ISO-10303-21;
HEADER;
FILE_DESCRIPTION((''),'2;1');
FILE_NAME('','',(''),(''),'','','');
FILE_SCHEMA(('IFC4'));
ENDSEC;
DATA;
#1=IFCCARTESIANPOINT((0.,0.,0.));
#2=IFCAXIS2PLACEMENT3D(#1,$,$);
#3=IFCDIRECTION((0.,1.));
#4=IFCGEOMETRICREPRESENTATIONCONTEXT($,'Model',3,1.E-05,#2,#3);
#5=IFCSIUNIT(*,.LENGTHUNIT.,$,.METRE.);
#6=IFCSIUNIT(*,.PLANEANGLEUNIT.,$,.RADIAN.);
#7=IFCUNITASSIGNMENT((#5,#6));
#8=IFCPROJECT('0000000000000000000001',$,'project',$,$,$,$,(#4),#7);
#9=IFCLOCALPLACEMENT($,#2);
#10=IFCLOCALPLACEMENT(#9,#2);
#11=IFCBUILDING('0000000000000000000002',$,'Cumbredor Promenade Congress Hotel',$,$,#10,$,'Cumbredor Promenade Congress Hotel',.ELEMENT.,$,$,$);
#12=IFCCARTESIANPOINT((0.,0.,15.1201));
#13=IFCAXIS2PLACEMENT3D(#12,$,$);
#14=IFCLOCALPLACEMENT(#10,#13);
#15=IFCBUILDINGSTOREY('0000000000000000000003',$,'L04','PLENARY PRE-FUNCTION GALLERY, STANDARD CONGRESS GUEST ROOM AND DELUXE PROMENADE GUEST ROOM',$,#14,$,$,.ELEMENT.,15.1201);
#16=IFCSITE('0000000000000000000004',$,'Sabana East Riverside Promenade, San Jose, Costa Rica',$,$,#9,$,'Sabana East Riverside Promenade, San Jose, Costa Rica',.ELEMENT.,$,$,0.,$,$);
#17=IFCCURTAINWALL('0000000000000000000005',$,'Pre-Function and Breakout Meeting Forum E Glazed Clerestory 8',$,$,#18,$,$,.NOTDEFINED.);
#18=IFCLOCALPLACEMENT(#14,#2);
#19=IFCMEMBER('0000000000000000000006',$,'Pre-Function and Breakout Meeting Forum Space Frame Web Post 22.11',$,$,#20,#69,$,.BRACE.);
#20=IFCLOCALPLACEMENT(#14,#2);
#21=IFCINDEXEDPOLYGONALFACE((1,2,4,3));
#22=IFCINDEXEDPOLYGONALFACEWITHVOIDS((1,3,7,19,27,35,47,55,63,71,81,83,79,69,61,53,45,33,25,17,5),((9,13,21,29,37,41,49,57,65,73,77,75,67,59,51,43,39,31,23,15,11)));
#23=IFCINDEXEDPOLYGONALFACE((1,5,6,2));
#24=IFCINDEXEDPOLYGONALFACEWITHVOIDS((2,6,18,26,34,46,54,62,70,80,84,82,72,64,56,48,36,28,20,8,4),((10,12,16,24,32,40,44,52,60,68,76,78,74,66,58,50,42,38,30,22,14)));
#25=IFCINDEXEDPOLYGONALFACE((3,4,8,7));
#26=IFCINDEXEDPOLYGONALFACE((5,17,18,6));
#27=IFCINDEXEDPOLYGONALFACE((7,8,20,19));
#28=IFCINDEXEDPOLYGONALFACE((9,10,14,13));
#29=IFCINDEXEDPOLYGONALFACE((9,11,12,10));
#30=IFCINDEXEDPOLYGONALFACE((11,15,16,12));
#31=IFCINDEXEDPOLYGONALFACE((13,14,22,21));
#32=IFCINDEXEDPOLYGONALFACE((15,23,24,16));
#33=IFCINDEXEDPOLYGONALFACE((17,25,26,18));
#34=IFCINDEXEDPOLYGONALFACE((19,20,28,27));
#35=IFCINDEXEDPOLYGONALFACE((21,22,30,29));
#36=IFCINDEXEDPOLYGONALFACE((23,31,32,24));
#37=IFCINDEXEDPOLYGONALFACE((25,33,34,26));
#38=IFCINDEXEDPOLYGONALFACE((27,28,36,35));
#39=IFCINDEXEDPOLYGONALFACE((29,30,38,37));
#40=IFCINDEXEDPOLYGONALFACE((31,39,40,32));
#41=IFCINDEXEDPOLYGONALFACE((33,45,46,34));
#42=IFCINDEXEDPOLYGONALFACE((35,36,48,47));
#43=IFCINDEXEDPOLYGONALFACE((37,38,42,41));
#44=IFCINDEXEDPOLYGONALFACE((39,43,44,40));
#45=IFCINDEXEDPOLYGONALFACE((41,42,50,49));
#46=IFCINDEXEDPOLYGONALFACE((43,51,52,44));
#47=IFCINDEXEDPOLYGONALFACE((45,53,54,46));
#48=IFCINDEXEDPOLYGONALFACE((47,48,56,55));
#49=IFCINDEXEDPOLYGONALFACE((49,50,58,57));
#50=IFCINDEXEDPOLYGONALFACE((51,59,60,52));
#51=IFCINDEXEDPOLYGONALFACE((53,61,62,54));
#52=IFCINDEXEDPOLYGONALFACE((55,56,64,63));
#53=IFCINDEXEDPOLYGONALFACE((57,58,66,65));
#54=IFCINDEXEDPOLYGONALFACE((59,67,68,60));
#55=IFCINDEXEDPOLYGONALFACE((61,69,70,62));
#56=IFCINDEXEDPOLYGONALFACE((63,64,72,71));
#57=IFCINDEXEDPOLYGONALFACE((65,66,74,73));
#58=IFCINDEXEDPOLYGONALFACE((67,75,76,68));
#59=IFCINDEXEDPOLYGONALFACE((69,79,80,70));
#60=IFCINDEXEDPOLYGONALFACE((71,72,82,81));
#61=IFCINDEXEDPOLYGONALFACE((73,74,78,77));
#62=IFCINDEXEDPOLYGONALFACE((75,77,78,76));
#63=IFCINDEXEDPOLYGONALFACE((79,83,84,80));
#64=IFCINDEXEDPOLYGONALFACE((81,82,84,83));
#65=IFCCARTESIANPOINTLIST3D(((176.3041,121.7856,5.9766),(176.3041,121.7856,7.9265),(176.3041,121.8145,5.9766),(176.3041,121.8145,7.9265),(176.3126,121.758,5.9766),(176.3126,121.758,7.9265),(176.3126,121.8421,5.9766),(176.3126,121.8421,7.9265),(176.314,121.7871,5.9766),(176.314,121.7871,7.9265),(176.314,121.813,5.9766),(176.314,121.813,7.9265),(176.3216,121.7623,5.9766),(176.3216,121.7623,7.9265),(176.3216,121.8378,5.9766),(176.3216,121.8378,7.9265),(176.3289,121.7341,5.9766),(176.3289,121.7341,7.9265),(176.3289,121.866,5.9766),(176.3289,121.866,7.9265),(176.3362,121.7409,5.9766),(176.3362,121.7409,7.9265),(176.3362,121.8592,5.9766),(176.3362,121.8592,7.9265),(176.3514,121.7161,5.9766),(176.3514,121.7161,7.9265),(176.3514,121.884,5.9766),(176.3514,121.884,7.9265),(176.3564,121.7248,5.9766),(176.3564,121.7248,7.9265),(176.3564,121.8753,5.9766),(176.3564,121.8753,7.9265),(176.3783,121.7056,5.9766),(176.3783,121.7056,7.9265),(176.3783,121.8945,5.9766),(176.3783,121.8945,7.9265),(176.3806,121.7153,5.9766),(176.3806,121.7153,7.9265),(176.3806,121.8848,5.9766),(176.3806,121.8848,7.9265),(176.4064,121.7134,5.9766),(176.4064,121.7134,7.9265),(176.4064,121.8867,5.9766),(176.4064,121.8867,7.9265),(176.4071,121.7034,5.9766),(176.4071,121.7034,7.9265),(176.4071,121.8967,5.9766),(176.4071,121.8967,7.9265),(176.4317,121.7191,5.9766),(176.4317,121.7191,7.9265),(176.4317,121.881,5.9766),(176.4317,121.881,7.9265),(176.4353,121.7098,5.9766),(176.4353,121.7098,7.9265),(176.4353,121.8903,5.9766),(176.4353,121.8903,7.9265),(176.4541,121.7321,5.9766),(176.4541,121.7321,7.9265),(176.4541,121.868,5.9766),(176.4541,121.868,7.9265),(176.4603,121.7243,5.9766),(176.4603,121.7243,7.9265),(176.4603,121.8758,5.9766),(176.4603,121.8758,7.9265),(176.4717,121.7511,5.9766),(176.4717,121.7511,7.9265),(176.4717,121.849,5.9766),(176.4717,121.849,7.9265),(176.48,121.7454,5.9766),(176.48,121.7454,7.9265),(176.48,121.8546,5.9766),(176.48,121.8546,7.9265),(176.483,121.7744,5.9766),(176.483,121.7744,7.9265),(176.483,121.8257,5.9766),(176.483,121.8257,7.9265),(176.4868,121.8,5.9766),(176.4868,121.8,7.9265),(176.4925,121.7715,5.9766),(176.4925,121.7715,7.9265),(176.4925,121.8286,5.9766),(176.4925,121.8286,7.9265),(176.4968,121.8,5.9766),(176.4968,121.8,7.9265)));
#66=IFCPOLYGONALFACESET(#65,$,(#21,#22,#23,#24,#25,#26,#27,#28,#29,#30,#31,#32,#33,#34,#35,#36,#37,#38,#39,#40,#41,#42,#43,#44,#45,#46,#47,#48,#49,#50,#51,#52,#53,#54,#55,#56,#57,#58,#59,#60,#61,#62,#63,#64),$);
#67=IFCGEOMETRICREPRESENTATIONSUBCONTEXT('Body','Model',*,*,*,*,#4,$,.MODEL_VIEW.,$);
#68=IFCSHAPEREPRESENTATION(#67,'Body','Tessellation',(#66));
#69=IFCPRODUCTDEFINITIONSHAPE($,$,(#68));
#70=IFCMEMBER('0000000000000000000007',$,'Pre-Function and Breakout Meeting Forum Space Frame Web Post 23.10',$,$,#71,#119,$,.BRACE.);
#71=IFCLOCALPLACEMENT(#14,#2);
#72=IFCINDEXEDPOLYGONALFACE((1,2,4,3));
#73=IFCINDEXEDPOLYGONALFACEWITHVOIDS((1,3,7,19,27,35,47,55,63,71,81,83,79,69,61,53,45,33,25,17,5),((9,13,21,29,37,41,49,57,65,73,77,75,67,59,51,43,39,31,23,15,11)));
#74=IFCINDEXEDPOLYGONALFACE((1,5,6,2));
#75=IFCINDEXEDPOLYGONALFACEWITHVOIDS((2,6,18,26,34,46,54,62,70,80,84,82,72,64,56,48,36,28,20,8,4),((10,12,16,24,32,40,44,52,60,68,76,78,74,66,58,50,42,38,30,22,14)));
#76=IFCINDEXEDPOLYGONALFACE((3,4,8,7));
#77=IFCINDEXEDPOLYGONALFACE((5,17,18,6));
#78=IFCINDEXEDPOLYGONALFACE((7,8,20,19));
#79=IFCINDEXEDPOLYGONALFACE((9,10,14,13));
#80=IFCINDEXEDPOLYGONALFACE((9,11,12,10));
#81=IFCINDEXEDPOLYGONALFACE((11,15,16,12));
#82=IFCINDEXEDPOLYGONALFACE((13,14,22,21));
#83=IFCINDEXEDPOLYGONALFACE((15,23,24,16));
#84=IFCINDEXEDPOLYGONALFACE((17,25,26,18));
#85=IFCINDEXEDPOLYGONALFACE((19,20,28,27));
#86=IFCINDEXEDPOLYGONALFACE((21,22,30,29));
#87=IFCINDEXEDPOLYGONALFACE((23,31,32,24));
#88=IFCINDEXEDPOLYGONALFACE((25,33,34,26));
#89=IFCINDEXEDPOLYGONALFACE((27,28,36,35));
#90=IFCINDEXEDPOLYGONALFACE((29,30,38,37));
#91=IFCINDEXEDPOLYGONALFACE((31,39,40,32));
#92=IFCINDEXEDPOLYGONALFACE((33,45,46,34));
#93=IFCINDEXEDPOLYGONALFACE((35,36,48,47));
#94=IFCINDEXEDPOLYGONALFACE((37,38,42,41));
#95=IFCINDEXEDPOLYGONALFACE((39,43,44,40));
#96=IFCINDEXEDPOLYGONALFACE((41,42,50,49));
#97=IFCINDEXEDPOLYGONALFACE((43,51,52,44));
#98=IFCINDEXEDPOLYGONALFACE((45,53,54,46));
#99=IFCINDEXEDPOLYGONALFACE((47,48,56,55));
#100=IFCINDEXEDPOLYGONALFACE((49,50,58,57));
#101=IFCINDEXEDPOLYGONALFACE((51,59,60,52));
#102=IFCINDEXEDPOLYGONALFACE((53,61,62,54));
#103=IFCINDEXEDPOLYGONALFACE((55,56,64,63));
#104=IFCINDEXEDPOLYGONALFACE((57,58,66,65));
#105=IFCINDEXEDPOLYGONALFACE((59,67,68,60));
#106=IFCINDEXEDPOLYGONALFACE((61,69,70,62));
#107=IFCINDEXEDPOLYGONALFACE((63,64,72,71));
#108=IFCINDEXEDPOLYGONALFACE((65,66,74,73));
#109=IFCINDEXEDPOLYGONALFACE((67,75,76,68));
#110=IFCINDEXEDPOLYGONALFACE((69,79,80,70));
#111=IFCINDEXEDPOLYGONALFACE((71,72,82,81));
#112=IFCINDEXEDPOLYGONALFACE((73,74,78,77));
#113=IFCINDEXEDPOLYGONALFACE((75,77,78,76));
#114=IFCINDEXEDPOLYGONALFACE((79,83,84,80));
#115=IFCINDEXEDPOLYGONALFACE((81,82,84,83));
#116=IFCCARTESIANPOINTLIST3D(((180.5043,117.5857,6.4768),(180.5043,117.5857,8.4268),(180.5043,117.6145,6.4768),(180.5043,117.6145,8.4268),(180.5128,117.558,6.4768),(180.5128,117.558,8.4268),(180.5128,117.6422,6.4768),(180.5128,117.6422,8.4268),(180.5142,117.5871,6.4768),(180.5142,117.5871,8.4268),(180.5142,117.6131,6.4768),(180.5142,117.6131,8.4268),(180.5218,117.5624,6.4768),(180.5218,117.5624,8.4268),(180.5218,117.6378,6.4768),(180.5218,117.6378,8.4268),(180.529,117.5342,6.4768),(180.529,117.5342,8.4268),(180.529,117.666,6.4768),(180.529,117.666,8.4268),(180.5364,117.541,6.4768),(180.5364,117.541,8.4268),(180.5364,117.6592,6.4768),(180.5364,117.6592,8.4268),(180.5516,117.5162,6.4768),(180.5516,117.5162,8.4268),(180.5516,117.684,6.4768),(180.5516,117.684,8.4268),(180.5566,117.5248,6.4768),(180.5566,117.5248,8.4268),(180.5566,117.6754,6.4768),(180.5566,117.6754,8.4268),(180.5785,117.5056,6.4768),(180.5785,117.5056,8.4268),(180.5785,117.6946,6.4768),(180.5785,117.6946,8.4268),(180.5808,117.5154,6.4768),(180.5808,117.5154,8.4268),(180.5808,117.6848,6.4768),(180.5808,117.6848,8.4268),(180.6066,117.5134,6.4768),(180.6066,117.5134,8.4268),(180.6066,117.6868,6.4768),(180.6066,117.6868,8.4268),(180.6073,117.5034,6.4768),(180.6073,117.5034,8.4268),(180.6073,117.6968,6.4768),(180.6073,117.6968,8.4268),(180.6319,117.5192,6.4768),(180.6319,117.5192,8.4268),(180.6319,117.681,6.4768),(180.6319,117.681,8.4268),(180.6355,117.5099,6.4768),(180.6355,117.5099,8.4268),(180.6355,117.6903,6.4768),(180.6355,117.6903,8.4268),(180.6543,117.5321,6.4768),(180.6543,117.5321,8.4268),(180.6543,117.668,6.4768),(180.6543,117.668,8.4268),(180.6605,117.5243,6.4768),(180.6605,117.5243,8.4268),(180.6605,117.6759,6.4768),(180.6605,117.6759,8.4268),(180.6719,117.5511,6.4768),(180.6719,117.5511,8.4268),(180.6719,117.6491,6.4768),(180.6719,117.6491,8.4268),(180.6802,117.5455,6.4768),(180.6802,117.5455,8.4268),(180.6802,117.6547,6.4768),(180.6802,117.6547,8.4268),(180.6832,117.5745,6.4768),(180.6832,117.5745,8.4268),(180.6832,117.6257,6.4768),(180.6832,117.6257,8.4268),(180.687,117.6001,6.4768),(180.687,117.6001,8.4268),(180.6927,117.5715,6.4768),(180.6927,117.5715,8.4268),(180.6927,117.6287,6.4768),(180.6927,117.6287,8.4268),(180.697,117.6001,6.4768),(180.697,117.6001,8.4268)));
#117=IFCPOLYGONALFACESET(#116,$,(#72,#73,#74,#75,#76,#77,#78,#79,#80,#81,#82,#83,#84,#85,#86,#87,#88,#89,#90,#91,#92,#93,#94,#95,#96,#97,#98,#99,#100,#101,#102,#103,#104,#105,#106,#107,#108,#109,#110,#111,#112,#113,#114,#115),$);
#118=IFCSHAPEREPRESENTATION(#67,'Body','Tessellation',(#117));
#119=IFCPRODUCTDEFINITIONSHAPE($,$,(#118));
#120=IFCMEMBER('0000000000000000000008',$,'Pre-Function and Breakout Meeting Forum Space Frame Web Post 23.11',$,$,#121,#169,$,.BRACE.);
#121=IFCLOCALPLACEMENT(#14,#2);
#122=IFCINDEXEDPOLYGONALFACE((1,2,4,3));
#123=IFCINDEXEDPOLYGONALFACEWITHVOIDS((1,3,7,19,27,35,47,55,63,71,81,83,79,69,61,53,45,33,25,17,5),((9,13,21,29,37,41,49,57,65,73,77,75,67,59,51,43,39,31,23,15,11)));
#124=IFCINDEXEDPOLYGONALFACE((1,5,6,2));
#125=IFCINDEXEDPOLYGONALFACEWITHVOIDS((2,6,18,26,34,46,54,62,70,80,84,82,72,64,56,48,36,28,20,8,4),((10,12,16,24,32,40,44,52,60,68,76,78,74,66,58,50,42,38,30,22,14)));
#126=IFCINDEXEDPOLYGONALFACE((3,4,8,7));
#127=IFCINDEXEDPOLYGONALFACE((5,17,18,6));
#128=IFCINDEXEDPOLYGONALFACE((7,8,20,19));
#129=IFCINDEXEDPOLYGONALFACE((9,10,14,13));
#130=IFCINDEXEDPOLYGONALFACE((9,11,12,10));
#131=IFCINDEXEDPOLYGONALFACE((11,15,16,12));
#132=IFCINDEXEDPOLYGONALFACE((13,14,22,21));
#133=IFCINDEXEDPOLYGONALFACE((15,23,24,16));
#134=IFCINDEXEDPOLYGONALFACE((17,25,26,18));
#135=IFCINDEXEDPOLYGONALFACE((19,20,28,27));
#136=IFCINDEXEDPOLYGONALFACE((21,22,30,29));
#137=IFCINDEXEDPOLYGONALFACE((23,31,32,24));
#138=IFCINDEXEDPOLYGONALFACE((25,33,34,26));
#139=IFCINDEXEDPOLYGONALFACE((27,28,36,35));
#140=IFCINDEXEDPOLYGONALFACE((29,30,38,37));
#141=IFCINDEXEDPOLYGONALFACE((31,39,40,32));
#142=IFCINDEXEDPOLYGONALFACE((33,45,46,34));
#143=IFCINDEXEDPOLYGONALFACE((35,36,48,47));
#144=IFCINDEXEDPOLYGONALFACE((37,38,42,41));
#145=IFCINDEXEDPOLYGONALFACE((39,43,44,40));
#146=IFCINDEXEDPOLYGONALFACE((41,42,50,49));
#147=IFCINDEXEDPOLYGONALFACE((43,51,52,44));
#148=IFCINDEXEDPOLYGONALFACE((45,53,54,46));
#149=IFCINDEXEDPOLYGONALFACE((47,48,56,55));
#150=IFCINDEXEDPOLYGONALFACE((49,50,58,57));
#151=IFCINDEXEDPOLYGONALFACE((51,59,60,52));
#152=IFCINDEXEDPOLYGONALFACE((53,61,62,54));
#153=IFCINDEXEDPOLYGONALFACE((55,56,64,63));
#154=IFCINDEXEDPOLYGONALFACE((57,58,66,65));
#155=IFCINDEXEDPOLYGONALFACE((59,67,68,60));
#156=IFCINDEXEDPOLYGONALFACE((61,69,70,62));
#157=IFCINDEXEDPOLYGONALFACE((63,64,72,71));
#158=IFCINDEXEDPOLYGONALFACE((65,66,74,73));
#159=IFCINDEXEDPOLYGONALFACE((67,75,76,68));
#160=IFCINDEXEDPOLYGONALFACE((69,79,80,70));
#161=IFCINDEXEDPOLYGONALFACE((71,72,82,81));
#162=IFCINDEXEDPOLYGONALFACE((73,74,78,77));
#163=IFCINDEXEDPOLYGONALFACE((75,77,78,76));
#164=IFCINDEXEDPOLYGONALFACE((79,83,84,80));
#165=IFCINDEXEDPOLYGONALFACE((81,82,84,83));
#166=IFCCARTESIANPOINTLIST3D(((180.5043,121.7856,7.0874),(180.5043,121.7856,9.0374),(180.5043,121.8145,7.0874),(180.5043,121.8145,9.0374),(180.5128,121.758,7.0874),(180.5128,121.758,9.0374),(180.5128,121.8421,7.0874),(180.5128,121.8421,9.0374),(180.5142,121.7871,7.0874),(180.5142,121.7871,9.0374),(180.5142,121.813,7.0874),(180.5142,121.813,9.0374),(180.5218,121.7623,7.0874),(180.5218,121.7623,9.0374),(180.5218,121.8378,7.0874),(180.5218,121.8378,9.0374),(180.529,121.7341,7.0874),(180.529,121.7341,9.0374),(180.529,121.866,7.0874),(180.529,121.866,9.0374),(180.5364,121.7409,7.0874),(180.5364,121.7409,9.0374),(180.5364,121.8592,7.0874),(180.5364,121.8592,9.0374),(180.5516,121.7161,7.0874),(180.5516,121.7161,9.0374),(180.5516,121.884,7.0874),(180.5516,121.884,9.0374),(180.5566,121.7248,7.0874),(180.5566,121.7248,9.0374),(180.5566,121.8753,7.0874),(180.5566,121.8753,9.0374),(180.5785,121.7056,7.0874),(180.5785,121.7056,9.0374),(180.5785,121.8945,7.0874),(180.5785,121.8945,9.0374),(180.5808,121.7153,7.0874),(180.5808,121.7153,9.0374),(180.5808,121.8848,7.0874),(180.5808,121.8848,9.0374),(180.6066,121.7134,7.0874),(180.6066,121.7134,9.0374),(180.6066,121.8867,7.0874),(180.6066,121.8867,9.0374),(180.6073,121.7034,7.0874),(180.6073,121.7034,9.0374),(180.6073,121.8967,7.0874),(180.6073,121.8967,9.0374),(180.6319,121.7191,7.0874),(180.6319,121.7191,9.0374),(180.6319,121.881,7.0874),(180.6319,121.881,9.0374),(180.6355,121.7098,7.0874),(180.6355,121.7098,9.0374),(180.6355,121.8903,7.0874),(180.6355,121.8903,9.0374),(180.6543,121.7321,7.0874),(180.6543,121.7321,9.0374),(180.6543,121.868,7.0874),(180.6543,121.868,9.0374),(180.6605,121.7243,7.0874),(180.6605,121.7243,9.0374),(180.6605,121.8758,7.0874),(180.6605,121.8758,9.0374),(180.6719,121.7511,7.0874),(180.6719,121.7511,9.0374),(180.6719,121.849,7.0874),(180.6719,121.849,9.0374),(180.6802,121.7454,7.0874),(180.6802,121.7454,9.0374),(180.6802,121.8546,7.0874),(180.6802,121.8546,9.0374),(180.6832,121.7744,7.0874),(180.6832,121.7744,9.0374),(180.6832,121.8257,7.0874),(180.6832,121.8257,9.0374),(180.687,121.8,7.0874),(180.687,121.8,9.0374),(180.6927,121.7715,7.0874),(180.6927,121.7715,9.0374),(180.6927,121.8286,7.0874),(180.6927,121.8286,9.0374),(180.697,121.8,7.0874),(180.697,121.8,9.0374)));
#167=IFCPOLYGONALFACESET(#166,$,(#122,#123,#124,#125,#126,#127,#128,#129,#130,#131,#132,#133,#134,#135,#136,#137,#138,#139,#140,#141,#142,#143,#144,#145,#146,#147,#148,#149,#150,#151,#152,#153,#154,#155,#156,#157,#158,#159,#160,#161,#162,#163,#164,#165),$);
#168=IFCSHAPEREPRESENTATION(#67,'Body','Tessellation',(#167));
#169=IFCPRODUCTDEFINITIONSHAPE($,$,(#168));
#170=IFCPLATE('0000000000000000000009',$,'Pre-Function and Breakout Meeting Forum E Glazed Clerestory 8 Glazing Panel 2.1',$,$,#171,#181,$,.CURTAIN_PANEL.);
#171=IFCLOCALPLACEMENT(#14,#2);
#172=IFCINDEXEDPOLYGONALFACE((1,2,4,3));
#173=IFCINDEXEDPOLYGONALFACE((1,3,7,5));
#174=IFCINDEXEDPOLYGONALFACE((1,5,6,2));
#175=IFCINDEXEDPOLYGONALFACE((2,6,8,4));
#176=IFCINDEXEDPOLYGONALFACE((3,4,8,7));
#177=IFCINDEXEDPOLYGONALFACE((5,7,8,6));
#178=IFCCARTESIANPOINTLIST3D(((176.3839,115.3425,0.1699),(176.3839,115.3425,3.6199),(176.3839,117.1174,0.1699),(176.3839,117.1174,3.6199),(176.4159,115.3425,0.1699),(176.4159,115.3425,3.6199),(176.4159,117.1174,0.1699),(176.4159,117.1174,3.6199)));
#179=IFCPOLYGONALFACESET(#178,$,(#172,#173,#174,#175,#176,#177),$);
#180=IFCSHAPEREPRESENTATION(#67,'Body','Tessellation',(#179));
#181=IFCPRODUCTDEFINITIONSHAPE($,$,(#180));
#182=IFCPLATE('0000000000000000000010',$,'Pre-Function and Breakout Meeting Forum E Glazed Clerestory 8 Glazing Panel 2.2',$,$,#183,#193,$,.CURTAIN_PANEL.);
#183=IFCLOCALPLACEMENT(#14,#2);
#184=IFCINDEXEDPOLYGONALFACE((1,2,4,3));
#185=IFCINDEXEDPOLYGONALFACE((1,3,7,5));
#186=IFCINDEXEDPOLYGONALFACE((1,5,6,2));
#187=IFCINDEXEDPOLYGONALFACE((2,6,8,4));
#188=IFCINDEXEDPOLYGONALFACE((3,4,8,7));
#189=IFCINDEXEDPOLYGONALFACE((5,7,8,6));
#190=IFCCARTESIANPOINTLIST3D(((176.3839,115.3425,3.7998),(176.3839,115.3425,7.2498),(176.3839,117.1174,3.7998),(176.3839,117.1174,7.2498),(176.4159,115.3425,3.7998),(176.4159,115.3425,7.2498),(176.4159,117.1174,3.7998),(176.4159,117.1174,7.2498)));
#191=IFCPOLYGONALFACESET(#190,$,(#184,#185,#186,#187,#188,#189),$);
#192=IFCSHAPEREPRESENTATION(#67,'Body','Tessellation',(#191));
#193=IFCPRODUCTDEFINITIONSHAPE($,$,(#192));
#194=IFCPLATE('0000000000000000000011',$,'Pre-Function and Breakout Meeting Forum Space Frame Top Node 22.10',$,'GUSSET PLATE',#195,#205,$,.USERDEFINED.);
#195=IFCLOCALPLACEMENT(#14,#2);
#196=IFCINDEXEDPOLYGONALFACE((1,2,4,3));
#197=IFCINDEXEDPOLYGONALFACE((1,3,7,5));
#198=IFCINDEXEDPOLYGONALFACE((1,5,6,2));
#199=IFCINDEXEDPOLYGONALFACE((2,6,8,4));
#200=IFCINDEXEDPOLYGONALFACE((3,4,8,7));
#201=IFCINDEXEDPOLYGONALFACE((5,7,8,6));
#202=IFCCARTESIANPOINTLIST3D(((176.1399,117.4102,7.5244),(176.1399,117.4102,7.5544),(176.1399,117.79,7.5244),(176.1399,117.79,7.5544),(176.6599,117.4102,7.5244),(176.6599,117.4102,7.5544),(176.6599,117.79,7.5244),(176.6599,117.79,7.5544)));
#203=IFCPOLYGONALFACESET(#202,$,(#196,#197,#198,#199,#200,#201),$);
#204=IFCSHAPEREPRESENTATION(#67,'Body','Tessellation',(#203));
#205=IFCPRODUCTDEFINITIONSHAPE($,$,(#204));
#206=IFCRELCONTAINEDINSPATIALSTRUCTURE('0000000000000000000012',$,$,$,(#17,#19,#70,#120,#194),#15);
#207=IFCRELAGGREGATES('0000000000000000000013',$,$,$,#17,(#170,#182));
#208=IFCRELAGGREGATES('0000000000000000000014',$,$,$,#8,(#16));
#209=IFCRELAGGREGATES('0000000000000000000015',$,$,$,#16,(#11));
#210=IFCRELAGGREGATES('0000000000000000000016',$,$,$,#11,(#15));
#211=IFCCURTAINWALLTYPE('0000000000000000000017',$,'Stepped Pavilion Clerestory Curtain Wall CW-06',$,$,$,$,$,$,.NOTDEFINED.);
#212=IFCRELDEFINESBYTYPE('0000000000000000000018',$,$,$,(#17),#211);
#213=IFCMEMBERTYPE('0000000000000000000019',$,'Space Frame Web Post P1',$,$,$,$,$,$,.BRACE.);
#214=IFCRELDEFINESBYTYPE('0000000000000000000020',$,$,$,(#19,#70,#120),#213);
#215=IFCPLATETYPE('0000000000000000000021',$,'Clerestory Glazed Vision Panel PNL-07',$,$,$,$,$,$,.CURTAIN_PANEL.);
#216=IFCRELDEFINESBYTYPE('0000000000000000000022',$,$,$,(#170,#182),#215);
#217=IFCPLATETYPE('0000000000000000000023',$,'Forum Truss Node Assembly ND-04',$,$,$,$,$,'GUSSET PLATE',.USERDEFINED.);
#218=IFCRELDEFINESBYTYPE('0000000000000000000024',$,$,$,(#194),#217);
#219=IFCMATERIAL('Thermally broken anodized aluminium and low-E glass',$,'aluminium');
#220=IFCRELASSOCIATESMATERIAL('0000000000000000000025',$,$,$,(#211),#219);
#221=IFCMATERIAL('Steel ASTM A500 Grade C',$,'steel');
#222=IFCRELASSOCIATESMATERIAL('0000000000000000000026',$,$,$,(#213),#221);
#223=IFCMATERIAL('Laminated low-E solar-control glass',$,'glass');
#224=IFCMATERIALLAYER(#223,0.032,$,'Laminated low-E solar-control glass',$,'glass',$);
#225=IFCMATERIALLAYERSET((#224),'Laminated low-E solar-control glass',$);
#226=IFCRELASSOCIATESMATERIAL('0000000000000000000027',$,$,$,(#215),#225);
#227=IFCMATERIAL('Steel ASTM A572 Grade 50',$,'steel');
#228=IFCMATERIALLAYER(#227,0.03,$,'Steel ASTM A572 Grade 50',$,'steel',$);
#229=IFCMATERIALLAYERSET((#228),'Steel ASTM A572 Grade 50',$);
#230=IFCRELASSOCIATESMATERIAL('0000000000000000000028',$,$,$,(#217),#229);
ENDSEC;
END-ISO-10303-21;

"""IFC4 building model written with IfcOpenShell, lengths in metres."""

from ifc_helpers import new_model, si_unit, direction, frame, origin, origin_2d, place, context, subcontext, project, spatial, rectangle, hollow_circle, extrude, material, layer, layer_set, material_profile, profile_set, type_object, element, aggregate, save


model = new_model("IFC4")

# Units and contexts
model_context = context("Model", 3, precision=1e-05, world=origin(), true_north=direction((0.0, 1.0)))
body_context = subcontext(model_context, "Body", "Model", "MODEL_VIEW")
ifc_project = project(units=[si_unit("LENGTHUNIT", "METRE"), si_unit("PLANEANGLEUNIT", "RADIAN")], contexts=[model_context])

# Site, building, storey
site_placement = place(None, origin())
site = spatial("IfcSite", under=ifc_project, at=site_placement, Name="Sabana East Riverside Promenade, San Jose, Costa Rica", LongName="Sabana East Riverside Promenade, San Jose, Costa Rica", CompositionType="ELEMENT", RefElevation=0.0)
building_placement = place(site_placement, origin())
building = spatial("IfcBuilding", under=site, at=building_placement, Name="Cumbredor Promenade Congress Hotel", LongName="Cumbredor Promenade Congress Hotel", CompositionType="ELEMENT")
storey_placement = place(building_placement, frame((0.0, 0.0, 15.1201)))
storey = spatial("IfcBuildingStorey", under=building, at=storey_placement, Name="L04", Description="PLENARY PRE-FUNCTION GALLERY, STANDARD CONGRESS GUEST ROOM AND DELUXE PROMENADE GUEST ROOM", CompositionType="ELEMENT", Elevation=15.1201)

# Shared definitions
ifc_material_1 = material(Name="Thermally broken anodized aluminium and low-E glass", Category="aluminium")
curtain_wall_type = type_object("IfcCurtainWallType", Name="Stepped Pavilion Clerestory Curtain Wall CW-06", PredefinedType="NOTDEFINED", material=ifc_material_1)

# Curtain wall
curtain_wall_1_placement = place(storey_placement, origin())
curtain_wall_1 = element("IfcCurtainWall", 1, at=curtain_wall_1_placement, inside=storey, type_object=curtain_wall_type, Name="Pre-Function and Breakout Meeting Forum E Glazed Clerestory 8", PredefinedType="NOTDEFINED")

# Members
ifc_material_2 = material(Name="Steel ASTM A500 Grade C", Category="steel")
ifc_material_profile_1 = material_profile(ifc_material_2, hollow_circle(Radius=0.0969, WallThickness=0.01, at=origin_2d()), Name="CHS 193.7x10")
ifc_profile_set_1 = profile_set([ifc_material_profile_1], Name="Steel ASTM A500 Grade C")
member_type_1 = type_object("IfcMemberType", Name="Space Frame Web Post P1", PredefinedType="BRACE", material=ifc_profile_set_1)
for number, where, z_axis, x_axis, name in (
    (2, (176.3999, 121.8, 5.9766), (0.0, 0.0, 1.0), (1.0, 0.0, 0.0), "Pre-Function and Breakout Meeting Forum Space Frame Web Post 22.11"),
    (3, (180.6001, 117.6001, 6.4768), (0.0, 0.0, 1.0), (1.0, 0.0, 0.0), "Pre-Function and Breakout Meeting Forum Space Frame Web Post 23.10"),
    (4, (180.6001, 121.8, 7.0874), (0.0, 0.0, 1.0), (1.0, 0.0, 0.0), "Pre-Function and Breakout Meeting Forum Space Frame Web Post 23.11"),
):
    element("IfcMember", number, at=place(storey_placement, frame(where, z_axis=z_axis, x_axis=x_axis)), inside=storey, type_object=member_type_1, Name=name, PredefinedType="BRACE", context=body_context, shape_type="SweptSolid", body=[
        extrude(hollow_circle(Radius=0.0969, WallThickness=0.01, at=origin_2d()), origin(), (0.0, 0.0, 1.0), 1.95),
    ])

# Plates
ifc_material_3 = material(Name="Laminated low-E solar-control glass", Category="glass")
ifc_layer_1 = layer(ifc_material_3, 0.032, Name="Laminated low-E solar-control glass", Category="glass")
ifc_layer_set_1 = layer_set([ifc_layer_1], Name="Laminated low-E solar-control glass")
plate_type_1 = type_object("IfcPlateType", Name="Clerestory Glazed Vision Panel PNL-07", PredefinedType="CURTAIN_PANEL", material=ifc_layer_set_1)
plate_1_placement = place(storey_placement, frame((176.3999, 116.23, 0.1699), z_axis=(0.0, 0.0, 1.0), x_axis=(0.0, 1.0, 0.0)))
plate_1 = element("IfcPlate", 5, at=plate_1_placement, type_object=plate_type_1, Name="Pre-Function and Breakout Meeting Forum E Glazed Clerestory 8 Glazing Panel 2.1", PredefinedType="CURTAIN_PANEL", context=body_context, shape_type="SweptSolid", body=[
    extrude(rectangle(XDim=1.7749, YDim=0.032, at=origin_2d()), origin(), (0.0, 0.0, 1.0), 3.45),
])
plate_2_placement = place(storey_placement, frame((176.3999, 116.23, 3.7998), z_axis=(0.0, 0.0, 1.0), x_axis=(0.0, 1.0, 0.0)))
plate_2 = element("IfcPlate", 6, at=plate_2_placement, type_object=plate_type_1, Name="Pre-Function and Breakout Meeting Forum E Glazed Clerestory 8 Glazing Panel 2.2", PredefinedType="CURTAIN_PANEL", context=body_context, shape_type="SweptSolid", body=[
    extrude(rectangle(XDim=1.7749, YDim=0.032, at=origin_2d()), origin(), (0.0, 0.0, 1.0), 3.45),
])
aggregate(curtain_wall_1, [plate_1, plate_2])

# Plate
ifc_material_4 = material(Name="Steel ASTM A572 Grade 50", Category="steel")
ifc_layer_2 = layer(ifc_material_4, 0.03, Name="Steel ASTM A572 Grade 50", Category="steel")
ifc_layer_set_2 = layer_set([ifc_layer_2], Name="Steel ASTM A572 Grade 50")
plate_type_2 = type_object("IfcPlateType", Name="Forum Truss Node Assembly ND-04", ElementType="GUSSET PLATE", PredefinedType="USERDEFINED", material=ifc_layer_set_2)
for number, where, z_axis, x_axis, name in (
    (7, (176.3999, 117.6001, 7.5244), (0.0, 0.0, 1.0), (1.0, 0.0, 0.0), "Pre-Function and Breakout Meeting Forum Space Frame Top Node 22.10"),
):
    element("IfcPlate", number, at=place(storey_placement, frame(where, z_axis=z_axis, x_axis=x_axis)), inside=storey, type_object=plate_type_2, Name=name, ObjectType="GUSSET PLATE", PredefinedType="USERDEFINED", context=body_context, shape_type="SweptSolid", body=[
        extrude(rectangle(XDim=0.52, YDim=0.3799, at=origin_2d()), origin(), (0.0, 0.0, 1.0), 0.03),
    ])

save(model, "model.ifc")
